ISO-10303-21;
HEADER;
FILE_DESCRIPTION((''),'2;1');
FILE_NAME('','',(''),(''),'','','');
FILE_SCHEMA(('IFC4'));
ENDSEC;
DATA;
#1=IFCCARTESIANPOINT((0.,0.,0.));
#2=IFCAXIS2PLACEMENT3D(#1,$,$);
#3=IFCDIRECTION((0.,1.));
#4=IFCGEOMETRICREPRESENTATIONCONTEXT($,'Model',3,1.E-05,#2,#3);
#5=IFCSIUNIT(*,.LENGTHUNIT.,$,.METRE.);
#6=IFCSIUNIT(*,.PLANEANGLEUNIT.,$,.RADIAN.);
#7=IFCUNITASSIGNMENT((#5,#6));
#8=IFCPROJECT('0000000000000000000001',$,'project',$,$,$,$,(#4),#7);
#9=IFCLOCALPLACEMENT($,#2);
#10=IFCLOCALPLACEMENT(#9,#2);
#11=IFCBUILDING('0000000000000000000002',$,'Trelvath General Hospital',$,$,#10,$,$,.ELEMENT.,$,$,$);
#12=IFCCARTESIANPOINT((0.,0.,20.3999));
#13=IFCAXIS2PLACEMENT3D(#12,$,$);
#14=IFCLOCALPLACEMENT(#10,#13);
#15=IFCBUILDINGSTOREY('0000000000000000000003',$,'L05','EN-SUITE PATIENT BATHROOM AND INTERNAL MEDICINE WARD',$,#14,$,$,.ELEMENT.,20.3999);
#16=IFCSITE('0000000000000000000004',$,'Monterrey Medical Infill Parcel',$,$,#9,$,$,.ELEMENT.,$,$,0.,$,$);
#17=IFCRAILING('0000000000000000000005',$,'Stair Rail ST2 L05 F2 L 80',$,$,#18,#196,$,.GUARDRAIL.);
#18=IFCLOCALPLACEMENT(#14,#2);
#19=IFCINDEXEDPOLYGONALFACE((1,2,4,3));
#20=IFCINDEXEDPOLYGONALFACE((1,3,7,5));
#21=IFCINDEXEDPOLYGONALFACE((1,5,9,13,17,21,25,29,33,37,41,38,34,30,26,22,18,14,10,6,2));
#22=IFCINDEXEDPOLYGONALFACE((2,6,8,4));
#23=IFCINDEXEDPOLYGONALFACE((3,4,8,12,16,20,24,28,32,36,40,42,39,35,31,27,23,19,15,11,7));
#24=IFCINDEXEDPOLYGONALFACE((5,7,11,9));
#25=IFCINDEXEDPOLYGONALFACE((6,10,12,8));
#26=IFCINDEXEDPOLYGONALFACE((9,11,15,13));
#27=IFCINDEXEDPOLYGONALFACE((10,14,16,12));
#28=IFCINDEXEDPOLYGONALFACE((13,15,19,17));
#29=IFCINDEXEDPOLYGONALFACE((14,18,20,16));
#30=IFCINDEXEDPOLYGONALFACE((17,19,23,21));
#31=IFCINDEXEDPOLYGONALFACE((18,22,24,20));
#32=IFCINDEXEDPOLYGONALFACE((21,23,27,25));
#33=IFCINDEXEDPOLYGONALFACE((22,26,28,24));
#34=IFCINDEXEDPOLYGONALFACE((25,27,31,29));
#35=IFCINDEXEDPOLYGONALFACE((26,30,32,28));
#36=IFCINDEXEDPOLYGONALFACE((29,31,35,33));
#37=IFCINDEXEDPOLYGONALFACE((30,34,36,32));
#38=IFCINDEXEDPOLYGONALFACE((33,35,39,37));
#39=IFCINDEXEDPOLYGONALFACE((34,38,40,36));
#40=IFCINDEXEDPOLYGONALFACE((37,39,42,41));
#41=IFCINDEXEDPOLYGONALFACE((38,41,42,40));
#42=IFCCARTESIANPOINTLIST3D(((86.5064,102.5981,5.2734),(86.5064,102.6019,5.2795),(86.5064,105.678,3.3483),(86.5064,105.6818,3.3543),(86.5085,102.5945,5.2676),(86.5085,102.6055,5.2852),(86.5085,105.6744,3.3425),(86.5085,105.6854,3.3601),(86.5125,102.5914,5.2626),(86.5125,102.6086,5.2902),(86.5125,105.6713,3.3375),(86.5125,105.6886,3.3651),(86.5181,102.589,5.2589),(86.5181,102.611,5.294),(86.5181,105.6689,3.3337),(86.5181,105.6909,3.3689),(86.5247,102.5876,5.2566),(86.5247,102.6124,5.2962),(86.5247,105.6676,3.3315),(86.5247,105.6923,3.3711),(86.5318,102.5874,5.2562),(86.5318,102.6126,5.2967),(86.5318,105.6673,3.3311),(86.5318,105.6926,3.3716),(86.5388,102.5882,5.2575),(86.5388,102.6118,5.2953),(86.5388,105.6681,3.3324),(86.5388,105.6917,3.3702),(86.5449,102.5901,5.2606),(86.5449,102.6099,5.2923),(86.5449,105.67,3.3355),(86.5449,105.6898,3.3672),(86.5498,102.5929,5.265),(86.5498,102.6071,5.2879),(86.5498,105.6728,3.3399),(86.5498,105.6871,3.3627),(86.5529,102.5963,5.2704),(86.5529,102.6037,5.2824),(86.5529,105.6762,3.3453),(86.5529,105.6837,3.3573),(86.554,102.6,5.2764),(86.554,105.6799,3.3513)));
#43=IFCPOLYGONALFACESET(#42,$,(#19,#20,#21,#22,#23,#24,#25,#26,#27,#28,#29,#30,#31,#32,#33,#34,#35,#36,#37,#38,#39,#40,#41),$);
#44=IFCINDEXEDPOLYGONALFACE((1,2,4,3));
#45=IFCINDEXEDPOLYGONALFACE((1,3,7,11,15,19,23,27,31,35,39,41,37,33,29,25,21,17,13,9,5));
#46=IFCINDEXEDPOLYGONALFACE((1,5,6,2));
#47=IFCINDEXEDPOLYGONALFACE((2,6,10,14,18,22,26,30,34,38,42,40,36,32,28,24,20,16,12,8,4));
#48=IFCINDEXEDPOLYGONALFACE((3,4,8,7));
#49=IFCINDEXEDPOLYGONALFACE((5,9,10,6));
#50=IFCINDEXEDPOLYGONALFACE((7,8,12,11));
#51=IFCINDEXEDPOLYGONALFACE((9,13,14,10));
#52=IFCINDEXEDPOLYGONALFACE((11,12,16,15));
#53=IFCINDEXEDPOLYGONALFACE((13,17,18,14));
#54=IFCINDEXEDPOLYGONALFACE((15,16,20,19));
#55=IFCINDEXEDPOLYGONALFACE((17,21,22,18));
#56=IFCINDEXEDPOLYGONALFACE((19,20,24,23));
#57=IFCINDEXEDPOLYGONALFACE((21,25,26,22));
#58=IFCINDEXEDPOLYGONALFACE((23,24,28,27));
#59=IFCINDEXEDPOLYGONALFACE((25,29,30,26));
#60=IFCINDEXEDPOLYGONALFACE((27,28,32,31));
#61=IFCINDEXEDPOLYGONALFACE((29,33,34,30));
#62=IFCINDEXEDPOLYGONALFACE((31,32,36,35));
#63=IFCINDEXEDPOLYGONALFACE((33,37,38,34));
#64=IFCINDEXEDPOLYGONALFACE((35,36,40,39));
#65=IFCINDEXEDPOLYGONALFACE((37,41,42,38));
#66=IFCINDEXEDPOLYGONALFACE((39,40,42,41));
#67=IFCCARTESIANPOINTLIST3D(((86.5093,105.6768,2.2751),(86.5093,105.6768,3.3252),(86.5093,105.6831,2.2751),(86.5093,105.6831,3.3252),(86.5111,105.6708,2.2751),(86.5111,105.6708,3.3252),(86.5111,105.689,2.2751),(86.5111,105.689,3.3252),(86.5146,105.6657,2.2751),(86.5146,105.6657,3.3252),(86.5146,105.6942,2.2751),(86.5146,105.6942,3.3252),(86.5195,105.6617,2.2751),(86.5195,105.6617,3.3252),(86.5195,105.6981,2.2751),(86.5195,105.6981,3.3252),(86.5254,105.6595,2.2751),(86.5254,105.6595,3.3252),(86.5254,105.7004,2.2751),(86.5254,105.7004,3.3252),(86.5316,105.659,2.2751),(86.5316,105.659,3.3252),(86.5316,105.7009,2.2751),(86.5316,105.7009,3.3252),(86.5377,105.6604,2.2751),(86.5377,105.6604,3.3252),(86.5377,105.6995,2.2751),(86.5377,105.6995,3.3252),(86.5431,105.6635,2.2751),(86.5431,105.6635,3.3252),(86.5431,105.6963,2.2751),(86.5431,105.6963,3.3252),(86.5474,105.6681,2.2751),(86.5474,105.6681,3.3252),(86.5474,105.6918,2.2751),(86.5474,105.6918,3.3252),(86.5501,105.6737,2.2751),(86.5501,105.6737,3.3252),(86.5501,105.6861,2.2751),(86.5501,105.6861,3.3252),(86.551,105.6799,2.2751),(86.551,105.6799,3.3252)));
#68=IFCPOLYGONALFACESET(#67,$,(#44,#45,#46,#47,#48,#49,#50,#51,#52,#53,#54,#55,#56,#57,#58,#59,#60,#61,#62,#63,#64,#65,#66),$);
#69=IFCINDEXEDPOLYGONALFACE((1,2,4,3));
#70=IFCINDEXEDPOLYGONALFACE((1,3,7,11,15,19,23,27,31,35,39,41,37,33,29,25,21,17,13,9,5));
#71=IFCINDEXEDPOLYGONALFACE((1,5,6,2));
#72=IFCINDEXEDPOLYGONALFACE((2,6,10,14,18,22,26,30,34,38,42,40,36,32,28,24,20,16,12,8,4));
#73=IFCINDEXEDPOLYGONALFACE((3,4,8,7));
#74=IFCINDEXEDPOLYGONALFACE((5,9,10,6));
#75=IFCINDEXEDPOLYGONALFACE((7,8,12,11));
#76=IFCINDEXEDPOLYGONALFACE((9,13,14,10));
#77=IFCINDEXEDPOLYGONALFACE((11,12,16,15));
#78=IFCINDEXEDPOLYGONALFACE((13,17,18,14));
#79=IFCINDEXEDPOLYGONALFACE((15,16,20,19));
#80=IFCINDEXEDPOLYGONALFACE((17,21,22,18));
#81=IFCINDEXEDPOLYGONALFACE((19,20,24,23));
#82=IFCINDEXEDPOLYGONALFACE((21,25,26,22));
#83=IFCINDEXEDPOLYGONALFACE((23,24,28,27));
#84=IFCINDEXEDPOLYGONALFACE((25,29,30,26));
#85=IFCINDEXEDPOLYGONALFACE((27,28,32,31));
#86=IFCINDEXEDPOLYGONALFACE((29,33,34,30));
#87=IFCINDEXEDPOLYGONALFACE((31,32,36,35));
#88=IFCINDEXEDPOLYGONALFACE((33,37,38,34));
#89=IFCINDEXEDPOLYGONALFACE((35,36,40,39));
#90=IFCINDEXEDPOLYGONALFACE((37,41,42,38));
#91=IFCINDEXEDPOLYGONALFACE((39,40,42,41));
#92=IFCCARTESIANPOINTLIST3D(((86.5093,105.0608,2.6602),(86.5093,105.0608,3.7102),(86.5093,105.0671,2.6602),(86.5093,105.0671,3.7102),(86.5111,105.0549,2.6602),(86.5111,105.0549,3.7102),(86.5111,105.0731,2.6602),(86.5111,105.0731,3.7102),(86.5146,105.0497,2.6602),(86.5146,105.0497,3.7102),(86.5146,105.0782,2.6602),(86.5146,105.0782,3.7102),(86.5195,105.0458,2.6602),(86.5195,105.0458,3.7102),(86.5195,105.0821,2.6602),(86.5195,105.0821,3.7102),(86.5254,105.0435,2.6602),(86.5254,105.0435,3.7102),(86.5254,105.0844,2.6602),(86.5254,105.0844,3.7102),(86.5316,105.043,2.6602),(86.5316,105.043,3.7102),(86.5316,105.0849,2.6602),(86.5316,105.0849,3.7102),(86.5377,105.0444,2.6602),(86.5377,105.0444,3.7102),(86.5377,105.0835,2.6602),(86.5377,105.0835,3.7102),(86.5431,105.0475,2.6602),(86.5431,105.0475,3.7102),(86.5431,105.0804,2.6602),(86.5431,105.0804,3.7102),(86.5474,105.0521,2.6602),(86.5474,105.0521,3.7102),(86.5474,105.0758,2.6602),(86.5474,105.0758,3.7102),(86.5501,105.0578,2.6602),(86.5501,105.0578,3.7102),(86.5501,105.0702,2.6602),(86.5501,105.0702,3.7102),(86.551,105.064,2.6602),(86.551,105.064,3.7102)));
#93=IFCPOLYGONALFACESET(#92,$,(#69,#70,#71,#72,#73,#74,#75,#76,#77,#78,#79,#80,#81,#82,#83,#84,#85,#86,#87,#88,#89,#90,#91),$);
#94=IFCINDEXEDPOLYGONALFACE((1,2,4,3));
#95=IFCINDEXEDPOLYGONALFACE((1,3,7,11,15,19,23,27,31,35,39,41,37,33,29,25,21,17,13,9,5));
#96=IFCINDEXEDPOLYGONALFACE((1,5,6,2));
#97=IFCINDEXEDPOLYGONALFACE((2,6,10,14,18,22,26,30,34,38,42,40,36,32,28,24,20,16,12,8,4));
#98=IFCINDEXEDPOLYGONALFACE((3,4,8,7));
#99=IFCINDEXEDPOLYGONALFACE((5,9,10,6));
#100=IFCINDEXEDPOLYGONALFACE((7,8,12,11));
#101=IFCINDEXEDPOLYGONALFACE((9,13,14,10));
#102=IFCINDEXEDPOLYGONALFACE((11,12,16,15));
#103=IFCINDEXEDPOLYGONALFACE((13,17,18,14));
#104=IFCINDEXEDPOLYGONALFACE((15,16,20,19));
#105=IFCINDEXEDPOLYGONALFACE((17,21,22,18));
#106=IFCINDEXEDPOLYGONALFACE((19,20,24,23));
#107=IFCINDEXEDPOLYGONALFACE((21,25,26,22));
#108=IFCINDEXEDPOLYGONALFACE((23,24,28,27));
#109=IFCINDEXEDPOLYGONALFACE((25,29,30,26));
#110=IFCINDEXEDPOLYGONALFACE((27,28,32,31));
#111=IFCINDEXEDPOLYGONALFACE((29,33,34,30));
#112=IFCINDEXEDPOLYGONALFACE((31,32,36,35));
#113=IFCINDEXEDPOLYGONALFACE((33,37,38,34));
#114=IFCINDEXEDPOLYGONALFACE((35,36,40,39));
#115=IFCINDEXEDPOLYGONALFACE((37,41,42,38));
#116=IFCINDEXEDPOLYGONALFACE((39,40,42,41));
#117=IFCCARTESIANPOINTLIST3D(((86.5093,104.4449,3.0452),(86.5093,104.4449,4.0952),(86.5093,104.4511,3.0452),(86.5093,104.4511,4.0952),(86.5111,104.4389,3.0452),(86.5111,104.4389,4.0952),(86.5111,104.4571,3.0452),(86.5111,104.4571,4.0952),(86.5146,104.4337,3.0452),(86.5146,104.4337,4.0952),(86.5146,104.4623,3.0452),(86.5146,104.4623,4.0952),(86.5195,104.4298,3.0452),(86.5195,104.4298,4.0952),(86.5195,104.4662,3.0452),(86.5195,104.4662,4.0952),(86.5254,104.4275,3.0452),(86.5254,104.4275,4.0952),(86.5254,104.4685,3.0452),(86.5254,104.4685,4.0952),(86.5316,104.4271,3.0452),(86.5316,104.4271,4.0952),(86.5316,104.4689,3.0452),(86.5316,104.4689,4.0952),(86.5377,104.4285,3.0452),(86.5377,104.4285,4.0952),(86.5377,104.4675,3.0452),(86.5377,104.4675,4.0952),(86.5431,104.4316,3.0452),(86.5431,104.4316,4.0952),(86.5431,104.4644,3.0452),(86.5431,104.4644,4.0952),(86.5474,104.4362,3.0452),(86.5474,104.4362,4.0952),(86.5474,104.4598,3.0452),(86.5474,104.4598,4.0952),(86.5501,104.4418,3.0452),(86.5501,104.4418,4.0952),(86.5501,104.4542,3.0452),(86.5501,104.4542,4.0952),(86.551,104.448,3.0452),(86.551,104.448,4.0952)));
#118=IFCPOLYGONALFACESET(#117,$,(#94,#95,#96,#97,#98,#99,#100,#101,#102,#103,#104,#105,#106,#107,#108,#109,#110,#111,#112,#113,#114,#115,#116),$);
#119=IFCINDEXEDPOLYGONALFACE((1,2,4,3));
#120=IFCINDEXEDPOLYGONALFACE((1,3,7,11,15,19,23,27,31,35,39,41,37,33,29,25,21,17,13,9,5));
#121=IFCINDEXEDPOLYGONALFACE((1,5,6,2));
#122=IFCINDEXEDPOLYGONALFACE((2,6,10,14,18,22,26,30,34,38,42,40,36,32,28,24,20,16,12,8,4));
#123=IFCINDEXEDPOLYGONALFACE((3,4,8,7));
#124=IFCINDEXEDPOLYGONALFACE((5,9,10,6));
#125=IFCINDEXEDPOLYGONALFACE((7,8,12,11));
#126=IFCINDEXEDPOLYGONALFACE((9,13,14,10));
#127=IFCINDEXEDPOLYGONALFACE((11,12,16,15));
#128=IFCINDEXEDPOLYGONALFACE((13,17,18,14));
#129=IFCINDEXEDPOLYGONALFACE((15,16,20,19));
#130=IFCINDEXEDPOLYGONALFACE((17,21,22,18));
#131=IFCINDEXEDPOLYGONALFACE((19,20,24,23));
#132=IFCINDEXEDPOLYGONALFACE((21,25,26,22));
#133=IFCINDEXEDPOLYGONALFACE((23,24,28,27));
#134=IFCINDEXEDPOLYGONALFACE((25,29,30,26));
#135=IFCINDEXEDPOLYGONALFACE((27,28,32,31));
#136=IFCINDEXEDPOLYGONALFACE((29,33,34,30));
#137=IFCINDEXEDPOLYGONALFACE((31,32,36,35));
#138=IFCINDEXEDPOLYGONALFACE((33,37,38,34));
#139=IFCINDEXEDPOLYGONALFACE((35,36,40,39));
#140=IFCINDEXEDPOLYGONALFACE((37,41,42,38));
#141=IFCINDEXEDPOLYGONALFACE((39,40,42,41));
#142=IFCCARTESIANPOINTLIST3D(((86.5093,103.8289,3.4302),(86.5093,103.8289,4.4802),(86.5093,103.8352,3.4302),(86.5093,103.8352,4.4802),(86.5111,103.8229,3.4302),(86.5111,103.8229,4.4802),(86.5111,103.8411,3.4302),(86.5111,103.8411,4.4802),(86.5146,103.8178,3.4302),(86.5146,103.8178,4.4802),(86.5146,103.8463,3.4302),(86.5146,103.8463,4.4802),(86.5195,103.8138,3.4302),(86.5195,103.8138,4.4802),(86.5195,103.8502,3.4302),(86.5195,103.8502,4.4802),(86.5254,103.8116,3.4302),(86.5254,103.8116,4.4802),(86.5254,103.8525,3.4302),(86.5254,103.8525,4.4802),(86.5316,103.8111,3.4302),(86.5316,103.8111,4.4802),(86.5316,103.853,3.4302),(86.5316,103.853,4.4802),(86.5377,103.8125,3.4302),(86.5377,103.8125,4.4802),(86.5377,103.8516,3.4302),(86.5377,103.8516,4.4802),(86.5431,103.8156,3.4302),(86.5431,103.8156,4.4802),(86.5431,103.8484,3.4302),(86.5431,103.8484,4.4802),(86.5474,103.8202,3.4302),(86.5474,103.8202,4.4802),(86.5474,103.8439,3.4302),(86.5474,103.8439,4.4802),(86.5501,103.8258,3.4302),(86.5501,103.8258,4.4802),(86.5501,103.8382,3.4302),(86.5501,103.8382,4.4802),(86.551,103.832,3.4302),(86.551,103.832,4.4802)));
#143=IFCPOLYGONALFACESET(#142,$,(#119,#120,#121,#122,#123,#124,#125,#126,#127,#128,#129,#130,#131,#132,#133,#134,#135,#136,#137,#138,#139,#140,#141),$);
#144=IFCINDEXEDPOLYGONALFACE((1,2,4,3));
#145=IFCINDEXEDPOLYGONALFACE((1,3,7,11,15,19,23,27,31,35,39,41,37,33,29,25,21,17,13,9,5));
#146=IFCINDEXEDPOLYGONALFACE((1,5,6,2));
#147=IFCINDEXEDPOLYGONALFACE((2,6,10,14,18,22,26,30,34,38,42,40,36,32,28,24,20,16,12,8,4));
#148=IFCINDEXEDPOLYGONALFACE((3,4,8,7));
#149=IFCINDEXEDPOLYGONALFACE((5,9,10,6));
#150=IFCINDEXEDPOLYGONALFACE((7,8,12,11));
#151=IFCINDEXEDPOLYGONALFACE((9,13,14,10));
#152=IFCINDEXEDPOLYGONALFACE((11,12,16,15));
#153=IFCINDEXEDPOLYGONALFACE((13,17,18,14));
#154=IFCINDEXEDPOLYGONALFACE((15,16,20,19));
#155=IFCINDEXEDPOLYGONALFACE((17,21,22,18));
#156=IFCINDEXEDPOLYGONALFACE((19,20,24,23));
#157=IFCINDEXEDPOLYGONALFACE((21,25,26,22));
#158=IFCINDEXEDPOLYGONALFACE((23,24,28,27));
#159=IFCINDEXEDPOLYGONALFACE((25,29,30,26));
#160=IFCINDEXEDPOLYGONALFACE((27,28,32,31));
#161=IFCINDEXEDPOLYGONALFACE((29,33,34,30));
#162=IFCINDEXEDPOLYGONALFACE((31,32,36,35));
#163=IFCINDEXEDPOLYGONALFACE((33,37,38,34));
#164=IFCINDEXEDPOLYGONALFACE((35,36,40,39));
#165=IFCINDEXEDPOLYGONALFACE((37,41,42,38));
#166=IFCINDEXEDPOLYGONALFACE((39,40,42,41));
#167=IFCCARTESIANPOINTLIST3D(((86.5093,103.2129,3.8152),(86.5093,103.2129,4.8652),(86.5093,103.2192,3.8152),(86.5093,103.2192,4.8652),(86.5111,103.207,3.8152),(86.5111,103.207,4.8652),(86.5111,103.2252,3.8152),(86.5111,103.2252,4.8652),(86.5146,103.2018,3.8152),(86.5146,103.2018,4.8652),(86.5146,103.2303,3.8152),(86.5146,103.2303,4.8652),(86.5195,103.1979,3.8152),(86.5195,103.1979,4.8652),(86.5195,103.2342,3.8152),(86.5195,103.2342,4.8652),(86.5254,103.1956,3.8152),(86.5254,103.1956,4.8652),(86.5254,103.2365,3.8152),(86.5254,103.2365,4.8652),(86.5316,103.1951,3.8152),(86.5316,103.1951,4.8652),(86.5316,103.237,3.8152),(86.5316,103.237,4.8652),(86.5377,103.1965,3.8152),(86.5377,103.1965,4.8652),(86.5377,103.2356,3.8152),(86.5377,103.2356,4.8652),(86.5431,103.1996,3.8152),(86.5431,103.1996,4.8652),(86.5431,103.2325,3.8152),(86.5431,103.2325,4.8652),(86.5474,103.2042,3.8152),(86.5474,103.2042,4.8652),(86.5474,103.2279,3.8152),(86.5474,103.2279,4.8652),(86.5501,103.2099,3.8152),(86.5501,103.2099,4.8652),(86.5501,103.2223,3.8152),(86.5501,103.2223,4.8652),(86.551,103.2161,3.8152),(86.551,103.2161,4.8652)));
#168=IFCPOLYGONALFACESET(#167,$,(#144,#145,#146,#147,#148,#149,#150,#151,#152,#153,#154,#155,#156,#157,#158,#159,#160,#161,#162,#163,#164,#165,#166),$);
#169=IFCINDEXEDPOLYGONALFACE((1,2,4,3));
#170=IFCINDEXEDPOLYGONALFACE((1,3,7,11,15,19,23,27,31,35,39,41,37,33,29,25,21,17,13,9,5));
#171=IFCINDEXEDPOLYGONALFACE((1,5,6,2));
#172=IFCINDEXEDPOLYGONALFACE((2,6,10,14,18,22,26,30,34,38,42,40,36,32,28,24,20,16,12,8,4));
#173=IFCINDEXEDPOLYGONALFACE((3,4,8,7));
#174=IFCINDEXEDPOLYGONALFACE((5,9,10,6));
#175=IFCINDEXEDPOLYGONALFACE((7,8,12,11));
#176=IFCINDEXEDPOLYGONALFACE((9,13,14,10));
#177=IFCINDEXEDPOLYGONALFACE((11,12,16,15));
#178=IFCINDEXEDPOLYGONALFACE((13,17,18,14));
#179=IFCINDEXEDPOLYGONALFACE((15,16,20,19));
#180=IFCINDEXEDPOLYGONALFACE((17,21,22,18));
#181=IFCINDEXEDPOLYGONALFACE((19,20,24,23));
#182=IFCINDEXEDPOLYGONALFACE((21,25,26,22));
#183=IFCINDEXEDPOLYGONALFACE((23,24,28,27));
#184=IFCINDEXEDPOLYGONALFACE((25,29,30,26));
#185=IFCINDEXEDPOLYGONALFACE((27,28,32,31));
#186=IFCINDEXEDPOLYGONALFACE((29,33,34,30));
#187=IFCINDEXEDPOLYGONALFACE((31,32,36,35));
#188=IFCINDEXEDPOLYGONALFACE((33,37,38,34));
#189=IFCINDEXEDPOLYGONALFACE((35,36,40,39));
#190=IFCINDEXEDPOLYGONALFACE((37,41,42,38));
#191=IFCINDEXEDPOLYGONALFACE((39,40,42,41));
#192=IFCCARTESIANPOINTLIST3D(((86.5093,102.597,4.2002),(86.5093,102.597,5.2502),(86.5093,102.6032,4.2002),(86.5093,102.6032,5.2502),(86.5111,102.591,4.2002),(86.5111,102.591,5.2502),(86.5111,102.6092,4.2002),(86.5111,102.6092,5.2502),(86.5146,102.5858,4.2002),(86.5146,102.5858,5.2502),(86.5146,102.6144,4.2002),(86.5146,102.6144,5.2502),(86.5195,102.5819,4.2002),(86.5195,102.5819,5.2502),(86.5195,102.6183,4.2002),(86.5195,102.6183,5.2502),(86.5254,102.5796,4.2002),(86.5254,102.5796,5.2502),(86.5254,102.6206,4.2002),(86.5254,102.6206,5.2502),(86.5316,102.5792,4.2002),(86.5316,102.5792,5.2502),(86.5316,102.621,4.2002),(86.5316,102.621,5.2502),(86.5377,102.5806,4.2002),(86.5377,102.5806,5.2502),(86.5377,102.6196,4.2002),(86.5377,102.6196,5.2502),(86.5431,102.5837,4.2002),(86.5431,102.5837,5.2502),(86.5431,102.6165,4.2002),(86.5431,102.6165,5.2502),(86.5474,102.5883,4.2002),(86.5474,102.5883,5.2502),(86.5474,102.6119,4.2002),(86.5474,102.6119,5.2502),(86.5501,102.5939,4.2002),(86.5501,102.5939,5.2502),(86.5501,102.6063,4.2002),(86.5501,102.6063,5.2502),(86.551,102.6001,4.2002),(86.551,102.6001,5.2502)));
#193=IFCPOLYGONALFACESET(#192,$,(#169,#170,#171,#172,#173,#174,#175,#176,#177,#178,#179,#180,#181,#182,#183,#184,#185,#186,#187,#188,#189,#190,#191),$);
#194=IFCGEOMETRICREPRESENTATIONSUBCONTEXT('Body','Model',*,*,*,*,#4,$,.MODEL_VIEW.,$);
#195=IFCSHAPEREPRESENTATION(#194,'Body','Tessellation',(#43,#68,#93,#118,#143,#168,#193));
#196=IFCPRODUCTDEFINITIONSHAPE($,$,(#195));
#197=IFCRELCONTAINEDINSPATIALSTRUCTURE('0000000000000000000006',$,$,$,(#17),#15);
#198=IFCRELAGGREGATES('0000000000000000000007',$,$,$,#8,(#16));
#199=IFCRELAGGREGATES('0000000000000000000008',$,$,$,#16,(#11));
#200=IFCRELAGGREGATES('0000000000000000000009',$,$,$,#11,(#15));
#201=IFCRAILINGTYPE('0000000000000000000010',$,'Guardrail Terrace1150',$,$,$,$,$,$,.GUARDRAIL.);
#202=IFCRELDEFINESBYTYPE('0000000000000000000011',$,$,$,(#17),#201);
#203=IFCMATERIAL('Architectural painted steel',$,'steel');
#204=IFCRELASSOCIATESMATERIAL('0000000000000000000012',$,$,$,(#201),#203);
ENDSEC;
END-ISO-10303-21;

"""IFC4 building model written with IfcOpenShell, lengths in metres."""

from ifc_helpers import new_model, si_unit, direction, frame, origin, origin_2d, place, context, subcontext, project, spatial, circle, extrude, material, type_object, element, save


model = new_model("IFC4")

# Units and contexts
model_context = context("Model", 3, precision=1e-05, world=origin(), true_north=direction((0.0, 1.0)))
body_context = subcontext(model_context, "Body", "Model", "MODEL_VIEW")
ifc_project = project(units=[si_unit("LENGTHUNIT", "METRE"), si_unit("PLANEANGLEUNIT", "RADIAN")], contexts=[model_context])

# Site, building, storey
site_placement = place(None, origin())
site = spatial("IfcSite", under=ifc_project, at=site_placement, Name="Monterrey Medical Infill Parcel", CompositionType="ELEMENT", RefElevation=0.0)
building_placement = place(site_placement, origin())
building = spatial("IfcBuilding", under=site, at=building_placement, Name="Trelvath General Hospital", CompositionType="ELEMENT")
storey_placement = place(building_placement, frame((0.0, 0.0, 20.3999)))
storey = spatial("IfcBuildingStorey", under=building, at=storey_placement, Name="L05", Description="EN-SUITE PATIENT BATHROOM AND INTERNAL MEDICINE WARD", CompositionType="ELEMENT", Elevation=20.3999)

# Railing
ifc_material_1 = material(Name="Architectural painted steel", Category="steel")
railing_type_1 = type_object("IfcRailingType", Name="Guardrail Terrace1150", PredefinedType="GUARDRAIL", material=ifc_material_1)
railing_1_placement = place(storey_placement, frame((86.53, 105.6799, 2.2751)))
element("IfcRailing", 1, at=railing_1_placement, inside=storey, type_object=railing_type_1, Name="Stair Rail ST2 L05 F2 L 80", PredefinedType="GUARDRAIL", context=body_context, shape_type="SweptSolid", body=[
    extrude(circle(Radius=0.0239, at=origin_2d()), frame((0.0, 0.0, 1.0762), z_axis=(0.0, -0.847979, 0.530029), x_axis=(1.0, 0.0, 0.0)), (0.0, 0.0, 1.0), 3.6321),
    extrude(circle(Radius=0.021, at=origin_2d()), origin(), (0.0, 0.0, 1.0), 1.05),
    extrude(circle(Radius=0.021, at=origin_2d()), frame((0.0, -0.616, 0.385)), (0.0, 0.0, 1.0), 1.05),
    extrude(circle(Radius=0.021, at=origin_2d()), frame((0.0, -1.2319, 0.77)), (0.0, 0.0, 1.0), 1.05),
    extrude(circle(Radius=0.021, at=origin_2d()), frame((0.0, -1.8479, 1.155)), (0.0, 0.0, 1.0), 1.05),
    extrude(circle(Radius=0.021, at=origin_2d()), frame((0.0, -2.4639, 1.54)), (0.0, 0.0, 1.0), 1.05),
    extrude(circle(Radius=0.021, at=origin_2d()), frame((0.0, -3.0798, 1.925)), (0.0, 0.0, 1.0), 1.05),
])

save(model, "model.ifc")
